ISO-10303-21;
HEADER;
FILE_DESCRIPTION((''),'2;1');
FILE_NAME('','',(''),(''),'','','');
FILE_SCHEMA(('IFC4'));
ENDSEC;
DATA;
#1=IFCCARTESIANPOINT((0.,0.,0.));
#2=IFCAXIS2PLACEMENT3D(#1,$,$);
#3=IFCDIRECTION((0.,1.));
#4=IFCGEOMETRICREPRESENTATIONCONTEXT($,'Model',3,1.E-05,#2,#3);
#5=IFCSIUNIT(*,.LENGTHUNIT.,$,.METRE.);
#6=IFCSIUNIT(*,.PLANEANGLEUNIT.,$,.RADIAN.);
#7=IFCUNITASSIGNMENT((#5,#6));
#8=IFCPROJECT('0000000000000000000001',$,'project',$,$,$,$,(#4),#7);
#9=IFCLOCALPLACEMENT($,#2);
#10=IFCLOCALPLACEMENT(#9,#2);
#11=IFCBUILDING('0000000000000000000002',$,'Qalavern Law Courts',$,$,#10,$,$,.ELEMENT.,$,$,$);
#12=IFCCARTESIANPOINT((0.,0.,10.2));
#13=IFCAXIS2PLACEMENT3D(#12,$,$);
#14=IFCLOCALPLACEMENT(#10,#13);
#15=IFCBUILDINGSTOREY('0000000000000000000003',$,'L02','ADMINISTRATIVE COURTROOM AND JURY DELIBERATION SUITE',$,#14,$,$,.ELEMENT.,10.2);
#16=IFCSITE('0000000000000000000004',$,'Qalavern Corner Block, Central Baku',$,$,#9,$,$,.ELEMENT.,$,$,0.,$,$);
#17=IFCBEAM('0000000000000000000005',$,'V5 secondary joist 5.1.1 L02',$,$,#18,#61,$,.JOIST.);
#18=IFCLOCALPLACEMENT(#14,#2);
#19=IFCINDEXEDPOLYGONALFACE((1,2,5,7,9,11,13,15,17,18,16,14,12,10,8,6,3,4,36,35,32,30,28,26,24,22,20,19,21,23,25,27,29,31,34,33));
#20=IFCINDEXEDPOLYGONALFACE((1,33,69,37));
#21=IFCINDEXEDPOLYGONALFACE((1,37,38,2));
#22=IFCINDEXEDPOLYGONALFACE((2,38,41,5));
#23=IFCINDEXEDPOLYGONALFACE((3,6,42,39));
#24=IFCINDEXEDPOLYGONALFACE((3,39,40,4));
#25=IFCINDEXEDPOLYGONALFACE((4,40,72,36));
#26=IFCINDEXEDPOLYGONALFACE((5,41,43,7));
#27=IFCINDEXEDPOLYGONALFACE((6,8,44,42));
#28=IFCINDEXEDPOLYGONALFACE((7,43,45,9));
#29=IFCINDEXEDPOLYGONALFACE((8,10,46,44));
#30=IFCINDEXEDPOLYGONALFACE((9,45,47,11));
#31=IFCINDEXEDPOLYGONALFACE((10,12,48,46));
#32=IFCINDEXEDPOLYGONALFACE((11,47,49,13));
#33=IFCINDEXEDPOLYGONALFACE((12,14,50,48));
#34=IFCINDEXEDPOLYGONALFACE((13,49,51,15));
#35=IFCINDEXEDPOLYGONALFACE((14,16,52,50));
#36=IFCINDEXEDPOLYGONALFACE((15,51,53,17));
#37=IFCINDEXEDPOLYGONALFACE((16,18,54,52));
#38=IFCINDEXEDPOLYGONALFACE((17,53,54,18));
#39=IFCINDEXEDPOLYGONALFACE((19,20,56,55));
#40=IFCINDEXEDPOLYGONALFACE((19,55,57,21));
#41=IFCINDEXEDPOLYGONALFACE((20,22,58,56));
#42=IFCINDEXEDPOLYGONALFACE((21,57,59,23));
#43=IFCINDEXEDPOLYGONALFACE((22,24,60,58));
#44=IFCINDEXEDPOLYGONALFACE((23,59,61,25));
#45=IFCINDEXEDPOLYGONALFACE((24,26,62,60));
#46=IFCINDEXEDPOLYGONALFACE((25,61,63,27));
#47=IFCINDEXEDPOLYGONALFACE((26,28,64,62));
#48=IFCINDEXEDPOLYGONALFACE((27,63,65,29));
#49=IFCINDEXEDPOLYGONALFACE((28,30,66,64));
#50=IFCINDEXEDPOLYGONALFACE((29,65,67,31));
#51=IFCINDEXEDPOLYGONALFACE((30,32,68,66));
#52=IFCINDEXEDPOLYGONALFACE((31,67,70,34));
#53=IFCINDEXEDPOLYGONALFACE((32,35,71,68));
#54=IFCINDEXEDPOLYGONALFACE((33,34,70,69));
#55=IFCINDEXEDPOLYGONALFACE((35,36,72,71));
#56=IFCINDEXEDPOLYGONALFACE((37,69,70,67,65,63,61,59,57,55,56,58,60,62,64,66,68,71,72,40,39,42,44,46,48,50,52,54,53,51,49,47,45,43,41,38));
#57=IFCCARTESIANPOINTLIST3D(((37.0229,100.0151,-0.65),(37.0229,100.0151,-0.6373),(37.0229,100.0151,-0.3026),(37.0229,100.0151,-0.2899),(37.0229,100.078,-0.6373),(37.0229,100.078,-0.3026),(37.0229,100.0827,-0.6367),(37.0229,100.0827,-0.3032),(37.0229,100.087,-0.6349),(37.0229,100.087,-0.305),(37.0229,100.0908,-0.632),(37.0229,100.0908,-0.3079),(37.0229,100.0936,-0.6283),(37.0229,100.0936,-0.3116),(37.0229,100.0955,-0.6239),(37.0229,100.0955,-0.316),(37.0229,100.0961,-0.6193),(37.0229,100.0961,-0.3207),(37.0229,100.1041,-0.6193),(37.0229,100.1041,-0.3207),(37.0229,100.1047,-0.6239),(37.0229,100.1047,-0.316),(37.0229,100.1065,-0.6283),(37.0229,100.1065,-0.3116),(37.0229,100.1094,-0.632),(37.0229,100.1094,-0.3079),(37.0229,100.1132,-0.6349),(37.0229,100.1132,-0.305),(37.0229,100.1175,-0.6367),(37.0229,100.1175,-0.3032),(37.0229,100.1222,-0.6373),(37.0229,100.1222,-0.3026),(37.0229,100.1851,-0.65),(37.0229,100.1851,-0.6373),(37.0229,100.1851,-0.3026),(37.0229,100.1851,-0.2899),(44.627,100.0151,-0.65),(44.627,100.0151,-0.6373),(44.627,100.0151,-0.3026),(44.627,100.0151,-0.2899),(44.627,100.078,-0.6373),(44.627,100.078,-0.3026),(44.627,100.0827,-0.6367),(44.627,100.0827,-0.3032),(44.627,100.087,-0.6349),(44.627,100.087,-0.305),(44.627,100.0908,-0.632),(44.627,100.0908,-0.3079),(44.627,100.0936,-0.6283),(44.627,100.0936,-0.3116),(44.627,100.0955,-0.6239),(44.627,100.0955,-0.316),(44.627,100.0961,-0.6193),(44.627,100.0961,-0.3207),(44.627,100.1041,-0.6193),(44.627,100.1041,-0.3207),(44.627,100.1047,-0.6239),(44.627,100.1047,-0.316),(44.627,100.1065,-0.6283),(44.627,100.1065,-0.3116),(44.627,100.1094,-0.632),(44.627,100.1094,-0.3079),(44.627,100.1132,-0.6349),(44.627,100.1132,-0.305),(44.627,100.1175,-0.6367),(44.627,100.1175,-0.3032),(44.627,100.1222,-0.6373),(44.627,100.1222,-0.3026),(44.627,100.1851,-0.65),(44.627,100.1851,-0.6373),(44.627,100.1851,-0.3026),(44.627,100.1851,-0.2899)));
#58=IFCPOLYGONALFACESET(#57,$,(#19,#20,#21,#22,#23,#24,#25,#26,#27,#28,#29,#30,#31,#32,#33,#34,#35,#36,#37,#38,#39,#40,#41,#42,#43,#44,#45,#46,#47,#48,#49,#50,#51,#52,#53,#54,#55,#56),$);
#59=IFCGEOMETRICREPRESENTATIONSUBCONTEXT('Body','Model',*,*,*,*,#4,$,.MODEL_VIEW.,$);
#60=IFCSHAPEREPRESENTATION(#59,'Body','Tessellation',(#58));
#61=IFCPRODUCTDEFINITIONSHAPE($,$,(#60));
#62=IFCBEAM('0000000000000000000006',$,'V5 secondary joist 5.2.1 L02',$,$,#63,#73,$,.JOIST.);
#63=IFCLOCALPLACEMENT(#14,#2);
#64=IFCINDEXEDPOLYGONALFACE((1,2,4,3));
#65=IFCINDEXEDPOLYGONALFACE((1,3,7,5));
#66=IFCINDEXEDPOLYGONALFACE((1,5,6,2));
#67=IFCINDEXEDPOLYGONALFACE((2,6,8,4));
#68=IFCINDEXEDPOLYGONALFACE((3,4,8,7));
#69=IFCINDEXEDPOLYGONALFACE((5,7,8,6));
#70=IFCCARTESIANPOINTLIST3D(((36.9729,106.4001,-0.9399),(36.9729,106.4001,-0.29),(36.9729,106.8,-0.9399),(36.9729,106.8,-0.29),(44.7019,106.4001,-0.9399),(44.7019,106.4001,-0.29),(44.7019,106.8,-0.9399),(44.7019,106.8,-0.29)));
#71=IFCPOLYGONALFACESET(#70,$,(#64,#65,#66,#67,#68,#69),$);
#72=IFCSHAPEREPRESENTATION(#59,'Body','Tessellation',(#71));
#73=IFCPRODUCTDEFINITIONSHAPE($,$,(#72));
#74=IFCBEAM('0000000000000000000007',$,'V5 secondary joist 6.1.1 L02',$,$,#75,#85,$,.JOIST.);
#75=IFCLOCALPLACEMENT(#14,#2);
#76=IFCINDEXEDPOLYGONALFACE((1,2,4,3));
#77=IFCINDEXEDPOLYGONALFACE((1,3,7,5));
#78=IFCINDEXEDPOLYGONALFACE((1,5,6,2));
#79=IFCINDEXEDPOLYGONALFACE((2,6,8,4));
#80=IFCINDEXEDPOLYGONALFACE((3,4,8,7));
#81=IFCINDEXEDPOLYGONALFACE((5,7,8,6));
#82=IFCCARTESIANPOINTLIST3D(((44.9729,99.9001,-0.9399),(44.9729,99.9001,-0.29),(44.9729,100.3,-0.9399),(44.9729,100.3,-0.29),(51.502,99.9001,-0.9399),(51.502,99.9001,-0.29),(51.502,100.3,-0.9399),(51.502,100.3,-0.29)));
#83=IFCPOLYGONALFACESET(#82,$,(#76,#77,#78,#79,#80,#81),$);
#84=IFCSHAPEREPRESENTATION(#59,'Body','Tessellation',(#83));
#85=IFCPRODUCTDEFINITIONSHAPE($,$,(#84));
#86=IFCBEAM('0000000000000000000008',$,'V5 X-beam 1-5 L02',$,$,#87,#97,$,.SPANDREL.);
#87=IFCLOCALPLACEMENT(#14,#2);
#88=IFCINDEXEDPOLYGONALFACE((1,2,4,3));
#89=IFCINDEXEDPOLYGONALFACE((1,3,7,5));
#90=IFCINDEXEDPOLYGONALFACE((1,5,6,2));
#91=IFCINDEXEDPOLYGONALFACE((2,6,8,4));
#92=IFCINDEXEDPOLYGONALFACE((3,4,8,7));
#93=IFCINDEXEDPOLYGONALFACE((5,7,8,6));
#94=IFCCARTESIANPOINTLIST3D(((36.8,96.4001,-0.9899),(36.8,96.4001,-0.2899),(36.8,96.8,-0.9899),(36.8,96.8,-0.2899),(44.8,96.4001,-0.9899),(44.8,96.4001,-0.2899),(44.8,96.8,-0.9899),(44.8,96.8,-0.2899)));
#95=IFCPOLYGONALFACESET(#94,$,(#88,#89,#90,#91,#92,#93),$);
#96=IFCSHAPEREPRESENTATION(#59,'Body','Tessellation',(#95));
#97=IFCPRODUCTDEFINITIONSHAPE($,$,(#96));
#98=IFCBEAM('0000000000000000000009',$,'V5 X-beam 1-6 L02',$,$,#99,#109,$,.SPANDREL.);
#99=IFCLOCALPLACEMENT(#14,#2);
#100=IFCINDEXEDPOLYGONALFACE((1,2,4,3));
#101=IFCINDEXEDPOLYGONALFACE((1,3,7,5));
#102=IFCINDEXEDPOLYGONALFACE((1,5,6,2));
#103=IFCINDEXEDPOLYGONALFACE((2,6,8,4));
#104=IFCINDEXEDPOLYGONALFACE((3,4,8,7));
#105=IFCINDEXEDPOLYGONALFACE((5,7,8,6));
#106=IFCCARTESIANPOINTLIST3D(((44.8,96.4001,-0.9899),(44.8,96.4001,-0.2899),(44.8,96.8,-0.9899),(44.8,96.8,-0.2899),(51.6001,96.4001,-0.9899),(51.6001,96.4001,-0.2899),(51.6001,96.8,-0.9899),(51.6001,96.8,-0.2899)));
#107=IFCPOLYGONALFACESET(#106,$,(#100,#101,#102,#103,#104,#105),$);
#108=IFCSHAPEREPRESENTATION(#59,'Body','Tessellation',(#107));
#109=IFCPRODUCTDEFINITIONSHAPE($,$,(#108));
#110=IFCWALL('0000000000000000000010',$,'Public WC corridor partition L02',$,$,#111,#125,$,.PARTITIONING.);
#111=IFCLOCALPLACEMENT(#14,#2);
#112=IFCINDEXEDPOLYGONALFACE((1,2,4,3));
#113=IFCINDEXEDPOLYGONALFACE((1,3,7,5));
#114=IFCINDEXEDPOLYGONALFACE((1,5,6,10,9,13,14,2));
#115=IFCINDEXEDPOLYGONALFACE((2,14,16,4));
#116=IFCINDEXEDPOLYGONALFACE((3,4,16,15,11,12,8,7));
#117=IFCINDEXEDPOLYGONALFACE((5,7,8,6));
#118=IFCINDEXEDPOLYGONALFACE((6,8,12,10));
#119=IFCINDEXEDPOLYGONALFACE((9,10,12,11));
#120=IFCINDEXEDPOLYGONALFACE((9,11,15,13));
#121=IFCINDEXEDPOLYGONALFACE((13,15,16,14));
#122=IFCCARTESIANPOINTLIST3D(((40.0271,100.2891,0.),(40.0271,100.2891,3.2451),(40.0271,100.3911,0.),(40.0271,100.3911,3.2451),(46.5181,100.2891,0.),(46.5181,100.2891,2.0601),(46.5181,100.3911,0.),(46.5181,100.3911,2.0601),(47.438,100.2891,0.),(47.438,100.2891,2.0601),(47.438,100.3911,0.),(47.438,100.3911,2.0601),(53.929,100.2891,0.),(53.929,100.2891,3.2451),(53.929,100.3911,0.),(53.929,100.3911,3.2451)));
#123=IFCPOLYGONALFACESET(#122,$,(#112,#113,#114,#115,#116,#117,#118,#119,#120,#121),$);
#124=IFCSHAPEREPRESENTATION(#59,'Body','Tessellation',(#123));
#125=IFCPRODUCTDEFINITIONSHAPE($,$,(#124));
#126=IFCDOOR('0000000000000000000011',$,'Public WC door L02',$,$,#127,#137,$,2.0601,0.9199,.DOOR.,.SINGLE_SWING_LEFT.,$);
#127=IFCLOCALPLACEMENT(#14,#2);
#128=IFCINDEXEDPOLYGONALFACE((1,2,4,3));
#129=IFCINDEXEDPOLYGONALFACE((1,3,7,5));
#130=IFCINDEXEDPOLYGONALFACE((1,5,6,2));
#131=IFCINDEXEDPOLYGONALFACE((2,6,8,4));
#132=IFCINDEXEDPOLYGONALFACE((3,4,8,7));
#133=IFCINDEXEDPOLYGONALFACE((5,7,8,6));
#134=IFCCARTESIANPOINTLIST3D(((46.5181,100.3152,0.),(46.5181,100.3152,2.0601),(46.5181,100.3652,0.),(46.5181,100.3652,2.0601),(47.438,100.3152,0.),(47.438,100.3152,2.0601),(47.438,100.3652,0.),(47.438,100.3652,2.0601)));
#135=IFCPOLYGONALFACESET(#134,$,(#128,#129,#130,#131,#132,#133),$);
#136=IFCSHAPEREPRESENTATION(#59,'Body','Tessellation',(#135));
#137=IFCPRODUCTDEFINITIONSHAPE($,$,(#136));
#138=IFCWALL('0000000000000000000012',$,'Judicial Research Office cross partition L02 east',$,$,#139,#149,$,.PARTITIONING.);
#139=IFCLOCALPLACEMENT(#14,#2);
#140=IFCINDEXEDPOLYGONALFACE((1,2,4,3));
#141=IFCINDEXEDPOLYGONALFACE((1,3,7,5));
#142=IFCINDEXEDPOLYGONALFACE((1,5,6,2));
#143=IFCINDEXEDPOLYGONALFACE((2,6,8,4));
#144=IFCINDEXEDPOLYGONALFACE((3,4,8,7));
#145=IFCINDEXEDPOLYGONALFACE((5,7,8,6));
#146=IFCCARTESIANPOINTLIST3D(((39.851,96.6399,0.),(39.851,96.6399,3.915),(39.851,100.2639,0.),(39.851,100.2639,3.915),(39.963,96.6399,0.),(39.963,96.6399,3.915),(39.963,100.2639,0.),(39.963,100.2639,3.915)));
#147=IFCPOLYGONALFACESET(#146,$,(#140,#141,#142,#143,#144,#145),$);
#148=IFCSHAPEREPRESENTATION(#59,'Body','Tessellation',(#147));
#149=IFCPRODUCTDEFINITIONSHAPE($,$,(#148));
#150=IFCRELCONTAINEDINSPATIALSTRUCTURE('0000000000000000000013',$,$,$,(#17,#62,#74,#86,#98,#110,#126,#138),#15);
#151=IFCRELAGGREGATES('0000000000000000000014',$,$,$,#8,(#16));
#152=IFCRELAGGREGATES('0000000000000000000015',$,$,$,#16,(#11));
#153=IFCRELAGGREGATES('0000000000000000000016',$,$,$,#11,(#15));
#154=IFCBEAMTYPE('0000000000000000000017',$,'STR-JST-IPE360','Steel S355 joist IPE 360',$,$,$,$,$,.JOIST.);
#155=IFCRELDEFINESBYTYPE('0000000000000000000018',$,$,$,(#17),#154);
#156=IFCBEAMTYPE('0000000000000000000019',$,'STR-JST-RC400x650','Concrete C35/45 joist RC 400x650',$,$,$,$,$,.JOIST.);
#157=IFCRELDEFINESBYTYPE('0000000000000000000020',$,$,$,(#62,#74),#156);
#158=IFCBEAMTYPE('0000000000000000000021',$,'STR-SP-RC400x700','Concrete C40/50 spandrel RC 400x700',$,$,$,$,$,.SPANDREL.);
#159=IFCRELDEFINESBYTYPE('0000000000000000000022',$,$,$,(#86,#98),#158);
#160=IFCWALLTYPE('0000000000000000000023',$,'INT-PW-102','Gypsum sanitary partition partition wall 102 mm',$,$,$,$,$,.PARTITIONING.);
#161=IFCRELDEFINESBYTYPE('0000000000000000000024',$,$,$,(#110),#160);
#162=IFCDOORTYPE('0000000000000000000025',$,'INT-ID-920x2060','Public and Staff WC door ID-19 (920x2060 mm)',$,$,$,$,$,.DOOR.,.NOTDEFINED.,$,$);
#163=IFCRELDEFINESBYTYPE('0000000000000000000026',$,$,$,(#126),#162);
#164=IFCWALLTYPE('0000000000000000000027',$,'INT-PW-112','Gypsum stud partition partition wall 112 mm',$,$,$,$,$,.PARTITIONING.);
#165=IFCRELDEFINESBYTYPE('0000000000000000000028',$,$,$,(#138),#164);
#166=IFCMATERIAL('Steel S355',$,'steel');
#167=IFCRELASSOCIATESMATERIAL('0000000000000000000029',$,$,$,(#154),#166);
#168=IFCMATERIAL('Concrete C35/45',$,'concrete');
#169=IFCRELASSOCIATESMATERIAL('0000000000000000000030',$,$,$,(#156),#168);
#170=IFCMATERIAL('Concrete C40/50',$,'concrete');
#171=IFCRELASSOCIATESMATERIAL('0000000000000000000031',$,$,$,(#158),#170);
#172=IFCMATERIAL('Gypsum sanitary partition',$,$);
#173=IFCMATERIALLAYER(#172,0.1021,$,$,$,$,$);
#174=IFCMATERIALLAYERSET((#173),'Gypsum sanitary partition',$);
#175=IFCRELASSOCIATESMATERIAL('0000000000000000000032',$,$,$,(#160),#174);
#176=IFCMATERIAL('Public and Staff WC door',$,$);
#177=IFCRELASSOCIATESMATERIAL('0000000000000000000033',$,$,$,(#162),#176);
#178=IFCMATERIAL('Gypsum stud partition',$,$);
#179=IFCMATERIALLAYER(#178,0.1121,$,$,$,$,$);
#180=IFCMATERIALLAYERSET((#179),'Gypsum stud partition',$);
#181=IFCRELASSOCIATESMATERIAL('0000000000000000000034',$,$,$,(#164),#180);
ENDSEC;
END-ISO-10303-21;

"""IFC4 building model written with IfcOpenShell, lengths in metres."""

from ifc_helpers import new_model, si_unit, direction, frame, frame_2d, origin, origin_2d, place, context, subcontext, project, spatial, rectangle, i_section, extrude, material, layer, layer_set, material_profile, profile_set, type_object, element, fill, save


model = new_model("IFC4")

# Units and contexts
model_context = context("Model", 3, precision=1e-05, world=origin(), true_north=direction((0.0, 1.0)))
body_context = subcontext(model_context, "Body", "Model", "MODEL_VIEW")
ifc_project = project(units=[si_unit("LENGTHUNIT", "METRE"), si_unit("PLANEANGLEUNIT", "RADIAN")], contexts=[model_context])

# Site, building, storey
site_placement = place(None, origin())
site = spatial("IfcSite", under=ifc_project, at=site_placement, Name="Qalavern Corner Block, Central Baku", CompositionType="ELEMENT", RefElevation=0.0)
building_placement = place(site_placement, origin())
building = spatial("IfcBuilding", under=site, at=building_placement, Name="Qalavern Law Courts", CompositionType="ELEMENT")
storey_placement = place(building_placement, frame((0.0, 0.0, 10.2)))
storey = spatial("IfcBuildingStorey", under=building, at=storey_placement, Name="L02", Description="ADMINISTRATIVE COURTROOM AND JURY DELIBERATION SUITE", CompositionType="ELEMENT", Elevation=10.2)

# Beams
ifc_material_1 = material(Name="Steel S355", Category="steel")
ifc_material_2 = material(Name="Concrete C35/45", Category="concrete")
ifc_material_3 = material(Name="Concrete C40/50", Category="concrete")
ifc_material_profile_1 = material_profile(ifc_material_1, i_section(OverallWidth=0.1699, OverallDepth=0.3601, WebThickness=0.0081, FlangeThickness=0.0127, FilletRadius=0.0181, at=origin_2d()), Name="IPE 360")
ifc_profile_set_1 = profile_set([ifc_material_profile_1], Name="Steel S355")
beam_type_1 = type_object("IfcBeamType", Name="STR-JST-IPE360", Description="Steel S355 joist IPE 360", PredefinedType="JOIST", material=ifc_profile_set_1)
beam_1_placement = place(storey_placement, frame((37.0229, 100.1001, -0.47), z_axis=(1.0, 0.0, 0.0), x_axis=(0.0, 1.0, 0.0)))
element("IfcBeam", 1, at=beam_1_placement, inside=storey, type_object=beam_type_1, Name="V5 secondary joist 5.1.1 L02", PredefinedType="JOIST", context=body_context, shape_type="SweptSolid", body=[
    extrude(i_section(OverallWidth=0.1699, OverallDepth=0.3601, WebThickness=0.0081, FlangeThickness=0.0127, FilletRadius=0.0181, at=origin_2d()), origin(), (0.0, 0.0, 1.0), 7.604),
])
ifc_material_profile_2 = material_profile(ifc_material_2, rectangle(XDim=0.3999, YDim=0.6499, at=origin_2d()), Name="RC 400x650")
ifc_profile_set_2 = profile_set([ifc_material_profile_2], Name="Concrete C35/45")
beam_type_2 = type_object("IfcBeamType", Name="STR-JST-RC400x650", Description="Concrete C35/45 joist RC 400x650", PredefinedType="JOIST", material=ifc_profile_set_2)
beam_2_placement = place(storey_placement, frame((36.9729, 106.6001, -0.615), z_axis=(1.0, 0.0, 0.0), x_axis=(0.0, 1.0, 0.0)))
element("IfcBeam", 2, at=beam_2_placement, inside=storey, type_object=beam_type_2, Name="V5 secondary joist 5.2.1 L02", PredefinedType="JOIST", context=body_context, shape_type="SweptSolid", body=[
    extrude(rectangle(XDim=0.3999, YDim=0.6499, at=origin_2d()), origin(), (0.0, 0.0, 1.0), 7.729),
])
beam_3_placement = place(storey_placement, frame((44.9729, 100.1001, -0.615), z_axis=(1.0, 0.0, 0.0), x_axis=(0.0, 1.0, 0.0)))
element("IfcBeam", 3, at=beam_3_placement, inside=storey, type_object=beam_type_2, Name="V5 secondary joist 6.1.1 L02", PredefinedType="JOIST", context=body_context, shape_type="SweptSolid", body=[
    extrude(rectangle(XDim=0.3999, YDim=0.6499, at=origin_2d()), origin(), (0.0, 0.0, 1.0), 6.5291),
])
ifc_material_profile_3 = material_profile(ifc_material_3, rectangle(XDim=0.3999, YDim=0.7, at=origin_2d()), Name="RC 400x700")
ifc_profile_set_3 = profile_set([ifc_material_profile_3], Name="Concrete C40/50")
beam_type_3 = type_object("IfcBeamType", Name="STR-SP-RC400x700", Description="Concrete C40/50 spandrel RC 400x700", PredefinedType="SPANDREL", material=ifc_profile_set_3)
beam_4_placement = place(storey_placement, frame((36.8, 96.6001, -0.6399), z_axis=(1.0, 0.0, 0.0), x_axis=(0.0, 1.0, 0.0)))
element("IfcBeam", 4, at=beam_4_placement, inside=storey, type_object=beam_type_3, Name="V5 X-beam 1-5 L02", PredefinedType="SPANDREL", context=body_context, shape_type="SweptSolid", body=[
    extrude(rectangle(XDim=0.3999, YDim=0.7, at=origin_2d()), origin(), (0.0, 0.0, 1.0), 8.0),
])
beam_5_placement = place(storey_placement, frame((44.8, 96.6001, -0.6399), z_axis=(1.0, 0.0, 0.0), x_axis=(0.0, 1.0, 0.0)))
element("IfcBeam", 5, at=beam_5_placement, inside=storey, type_object=beam_type_3, Name="V5 X-beam 1-6 L02", PredefinedType="SPANDREL", context=body_context, shape_type="SweptSolid", body=[
    extrude(rectangle(XDim=0.3999, YDim=0.7, at=origin_2d()), origin(), (0.0, 0.0, 1.0), 6.8),
])

# Wall, opening, door
ifc_material_4 = material(Name="Gypsum sanitary partition")
ifc_layer_1 = layer(ifc_material_4, 0.1021)
ifc_layer_set_1 = layer_set([ifc_layer_1], Name="Gypsum sanitary partition")
wall_type_1 = type_object("IfcWallType", Name="INT-PW-102", Description="Gypsum sanitary partition partition wall 102 mm", PredefinedType="PARTITIONING", material=ifc_layer_set_1)
wall_1_placement = place(storey_placement, frame((40.0271, 100.3401, 0.0), z_axis=(0.0, 0.0, 1.0), x_axis=(1.0, 0.0, 0.0)))
wall_1 = element("IfcWall", 6, at=wall_1_placement, inside=storey, type_object=wall_type_1, Name="Public WC corridor partition L02", PredefinedType="PARTITIONING", context=body_context, shape_type="SweptSolid", body=[
    extrude(rectangle(XDim=13.9019, YDim=0.1021, at=frame_2d((6.9509, 0.0))), origin(), (0.0, 0.0, 1.0), 3.2451),
])
opening_1_placement = place(wall_1_placement, frame((6.491, 0.0, 0.0)))
opening_1 = element("IfcOpeningElement", 7, at=opening_1_placement, cuts=wall_1, PredefinedType="OPENING", context=body_context, shape_type="SweptSolid", body=[
    extrude(rectangle(XDim=0.9199, YDim=2.0601, at=frame_2d((0.46, 1.03))), frame((0.0, 0.0659, 0.0), z_axis=(0.0, -1.0, 0.0), x_axis=(1.0, 0.0, 0.0)), (0.0, 0.0, 1.0), 0.1318),
])
ifc_material_5 = material(Name="Public and Staff WC door")
door_type_1 = type_object("IfcDoorType", Name="INT-ID-920x2060", Description="Public and Staff WC door ID-19 (920x2060 mm)", OperationType="NOTDEFINED", PredefinedType="DOOR", material=ifc_material_5)
door_1_placement = place(opening_1_placement, frame((0.9199, 0.0, 0.0), z_axis=(0.0, 0.0, 1.0), x_axis=(-1.0, 0.0, 0.0)))
door_1 = element("IfcDoor", 8, at=door_1_placement, inside=storey, type_object=door_type_1, Name="Public WC door L02", OperationType="SINGLE_SWING_LEFT", OverallHeight=2.0601, OverallWidth=0.9199, PredefinedType="DOOR", context=body_context, shape_type="SweptSolid", body=[
    extrude(rectangle(XDim=0.9199, YDim=2.0601, at=frame_2d((0.46, 1.03))), frame((0.0, 0.0249, 0.0), z_axis=(0.0, -1.0, 0.0), x_axis=(1.0, 0.0, 0.0)), (0.0, 0.0, 1.0), 0.05),
])
fill(opening_1, door_1)

# Wall
ifc_material_6 = material(Name="Gypsum stud partition")
ifc_layer_2 = layer(ifc_material_6, 0.1121)
ifc_layer_set_2 = layer_set([ifc_layer_2], Name="Gypsum stud partition")
wall_type_2 = type_object("IfcWallType", Name="INT-PW-112", Description="Gypsum stud partition partition wall 112 mm", PredefinedType="PARTITIONING", material=ifc_layer_set_2)
wall_2_placement = place(storey_placement, frame((39.907, 96.6399, 0.0), z_axis=(0.0, 0.0, 1.0), x_axis=(0.0, 1.0, 0.0)))
element("IfcWall", 9, at=wall_2_placement, inside=storey, type_object=wall_type_2, Name="Judicial Research Office cross partition L02 east", PredefinedType="PARTITIONING", context=body_context, shape_type="SweptSolid", body=[
    extrude(rectangle(XDim=3.624, YDim=0.1121, at=frame_2d((1.812, 0.0))), origin(), (0.0, 0.0, 1.0), 3.915),
])

save(model, "model.ifc")
